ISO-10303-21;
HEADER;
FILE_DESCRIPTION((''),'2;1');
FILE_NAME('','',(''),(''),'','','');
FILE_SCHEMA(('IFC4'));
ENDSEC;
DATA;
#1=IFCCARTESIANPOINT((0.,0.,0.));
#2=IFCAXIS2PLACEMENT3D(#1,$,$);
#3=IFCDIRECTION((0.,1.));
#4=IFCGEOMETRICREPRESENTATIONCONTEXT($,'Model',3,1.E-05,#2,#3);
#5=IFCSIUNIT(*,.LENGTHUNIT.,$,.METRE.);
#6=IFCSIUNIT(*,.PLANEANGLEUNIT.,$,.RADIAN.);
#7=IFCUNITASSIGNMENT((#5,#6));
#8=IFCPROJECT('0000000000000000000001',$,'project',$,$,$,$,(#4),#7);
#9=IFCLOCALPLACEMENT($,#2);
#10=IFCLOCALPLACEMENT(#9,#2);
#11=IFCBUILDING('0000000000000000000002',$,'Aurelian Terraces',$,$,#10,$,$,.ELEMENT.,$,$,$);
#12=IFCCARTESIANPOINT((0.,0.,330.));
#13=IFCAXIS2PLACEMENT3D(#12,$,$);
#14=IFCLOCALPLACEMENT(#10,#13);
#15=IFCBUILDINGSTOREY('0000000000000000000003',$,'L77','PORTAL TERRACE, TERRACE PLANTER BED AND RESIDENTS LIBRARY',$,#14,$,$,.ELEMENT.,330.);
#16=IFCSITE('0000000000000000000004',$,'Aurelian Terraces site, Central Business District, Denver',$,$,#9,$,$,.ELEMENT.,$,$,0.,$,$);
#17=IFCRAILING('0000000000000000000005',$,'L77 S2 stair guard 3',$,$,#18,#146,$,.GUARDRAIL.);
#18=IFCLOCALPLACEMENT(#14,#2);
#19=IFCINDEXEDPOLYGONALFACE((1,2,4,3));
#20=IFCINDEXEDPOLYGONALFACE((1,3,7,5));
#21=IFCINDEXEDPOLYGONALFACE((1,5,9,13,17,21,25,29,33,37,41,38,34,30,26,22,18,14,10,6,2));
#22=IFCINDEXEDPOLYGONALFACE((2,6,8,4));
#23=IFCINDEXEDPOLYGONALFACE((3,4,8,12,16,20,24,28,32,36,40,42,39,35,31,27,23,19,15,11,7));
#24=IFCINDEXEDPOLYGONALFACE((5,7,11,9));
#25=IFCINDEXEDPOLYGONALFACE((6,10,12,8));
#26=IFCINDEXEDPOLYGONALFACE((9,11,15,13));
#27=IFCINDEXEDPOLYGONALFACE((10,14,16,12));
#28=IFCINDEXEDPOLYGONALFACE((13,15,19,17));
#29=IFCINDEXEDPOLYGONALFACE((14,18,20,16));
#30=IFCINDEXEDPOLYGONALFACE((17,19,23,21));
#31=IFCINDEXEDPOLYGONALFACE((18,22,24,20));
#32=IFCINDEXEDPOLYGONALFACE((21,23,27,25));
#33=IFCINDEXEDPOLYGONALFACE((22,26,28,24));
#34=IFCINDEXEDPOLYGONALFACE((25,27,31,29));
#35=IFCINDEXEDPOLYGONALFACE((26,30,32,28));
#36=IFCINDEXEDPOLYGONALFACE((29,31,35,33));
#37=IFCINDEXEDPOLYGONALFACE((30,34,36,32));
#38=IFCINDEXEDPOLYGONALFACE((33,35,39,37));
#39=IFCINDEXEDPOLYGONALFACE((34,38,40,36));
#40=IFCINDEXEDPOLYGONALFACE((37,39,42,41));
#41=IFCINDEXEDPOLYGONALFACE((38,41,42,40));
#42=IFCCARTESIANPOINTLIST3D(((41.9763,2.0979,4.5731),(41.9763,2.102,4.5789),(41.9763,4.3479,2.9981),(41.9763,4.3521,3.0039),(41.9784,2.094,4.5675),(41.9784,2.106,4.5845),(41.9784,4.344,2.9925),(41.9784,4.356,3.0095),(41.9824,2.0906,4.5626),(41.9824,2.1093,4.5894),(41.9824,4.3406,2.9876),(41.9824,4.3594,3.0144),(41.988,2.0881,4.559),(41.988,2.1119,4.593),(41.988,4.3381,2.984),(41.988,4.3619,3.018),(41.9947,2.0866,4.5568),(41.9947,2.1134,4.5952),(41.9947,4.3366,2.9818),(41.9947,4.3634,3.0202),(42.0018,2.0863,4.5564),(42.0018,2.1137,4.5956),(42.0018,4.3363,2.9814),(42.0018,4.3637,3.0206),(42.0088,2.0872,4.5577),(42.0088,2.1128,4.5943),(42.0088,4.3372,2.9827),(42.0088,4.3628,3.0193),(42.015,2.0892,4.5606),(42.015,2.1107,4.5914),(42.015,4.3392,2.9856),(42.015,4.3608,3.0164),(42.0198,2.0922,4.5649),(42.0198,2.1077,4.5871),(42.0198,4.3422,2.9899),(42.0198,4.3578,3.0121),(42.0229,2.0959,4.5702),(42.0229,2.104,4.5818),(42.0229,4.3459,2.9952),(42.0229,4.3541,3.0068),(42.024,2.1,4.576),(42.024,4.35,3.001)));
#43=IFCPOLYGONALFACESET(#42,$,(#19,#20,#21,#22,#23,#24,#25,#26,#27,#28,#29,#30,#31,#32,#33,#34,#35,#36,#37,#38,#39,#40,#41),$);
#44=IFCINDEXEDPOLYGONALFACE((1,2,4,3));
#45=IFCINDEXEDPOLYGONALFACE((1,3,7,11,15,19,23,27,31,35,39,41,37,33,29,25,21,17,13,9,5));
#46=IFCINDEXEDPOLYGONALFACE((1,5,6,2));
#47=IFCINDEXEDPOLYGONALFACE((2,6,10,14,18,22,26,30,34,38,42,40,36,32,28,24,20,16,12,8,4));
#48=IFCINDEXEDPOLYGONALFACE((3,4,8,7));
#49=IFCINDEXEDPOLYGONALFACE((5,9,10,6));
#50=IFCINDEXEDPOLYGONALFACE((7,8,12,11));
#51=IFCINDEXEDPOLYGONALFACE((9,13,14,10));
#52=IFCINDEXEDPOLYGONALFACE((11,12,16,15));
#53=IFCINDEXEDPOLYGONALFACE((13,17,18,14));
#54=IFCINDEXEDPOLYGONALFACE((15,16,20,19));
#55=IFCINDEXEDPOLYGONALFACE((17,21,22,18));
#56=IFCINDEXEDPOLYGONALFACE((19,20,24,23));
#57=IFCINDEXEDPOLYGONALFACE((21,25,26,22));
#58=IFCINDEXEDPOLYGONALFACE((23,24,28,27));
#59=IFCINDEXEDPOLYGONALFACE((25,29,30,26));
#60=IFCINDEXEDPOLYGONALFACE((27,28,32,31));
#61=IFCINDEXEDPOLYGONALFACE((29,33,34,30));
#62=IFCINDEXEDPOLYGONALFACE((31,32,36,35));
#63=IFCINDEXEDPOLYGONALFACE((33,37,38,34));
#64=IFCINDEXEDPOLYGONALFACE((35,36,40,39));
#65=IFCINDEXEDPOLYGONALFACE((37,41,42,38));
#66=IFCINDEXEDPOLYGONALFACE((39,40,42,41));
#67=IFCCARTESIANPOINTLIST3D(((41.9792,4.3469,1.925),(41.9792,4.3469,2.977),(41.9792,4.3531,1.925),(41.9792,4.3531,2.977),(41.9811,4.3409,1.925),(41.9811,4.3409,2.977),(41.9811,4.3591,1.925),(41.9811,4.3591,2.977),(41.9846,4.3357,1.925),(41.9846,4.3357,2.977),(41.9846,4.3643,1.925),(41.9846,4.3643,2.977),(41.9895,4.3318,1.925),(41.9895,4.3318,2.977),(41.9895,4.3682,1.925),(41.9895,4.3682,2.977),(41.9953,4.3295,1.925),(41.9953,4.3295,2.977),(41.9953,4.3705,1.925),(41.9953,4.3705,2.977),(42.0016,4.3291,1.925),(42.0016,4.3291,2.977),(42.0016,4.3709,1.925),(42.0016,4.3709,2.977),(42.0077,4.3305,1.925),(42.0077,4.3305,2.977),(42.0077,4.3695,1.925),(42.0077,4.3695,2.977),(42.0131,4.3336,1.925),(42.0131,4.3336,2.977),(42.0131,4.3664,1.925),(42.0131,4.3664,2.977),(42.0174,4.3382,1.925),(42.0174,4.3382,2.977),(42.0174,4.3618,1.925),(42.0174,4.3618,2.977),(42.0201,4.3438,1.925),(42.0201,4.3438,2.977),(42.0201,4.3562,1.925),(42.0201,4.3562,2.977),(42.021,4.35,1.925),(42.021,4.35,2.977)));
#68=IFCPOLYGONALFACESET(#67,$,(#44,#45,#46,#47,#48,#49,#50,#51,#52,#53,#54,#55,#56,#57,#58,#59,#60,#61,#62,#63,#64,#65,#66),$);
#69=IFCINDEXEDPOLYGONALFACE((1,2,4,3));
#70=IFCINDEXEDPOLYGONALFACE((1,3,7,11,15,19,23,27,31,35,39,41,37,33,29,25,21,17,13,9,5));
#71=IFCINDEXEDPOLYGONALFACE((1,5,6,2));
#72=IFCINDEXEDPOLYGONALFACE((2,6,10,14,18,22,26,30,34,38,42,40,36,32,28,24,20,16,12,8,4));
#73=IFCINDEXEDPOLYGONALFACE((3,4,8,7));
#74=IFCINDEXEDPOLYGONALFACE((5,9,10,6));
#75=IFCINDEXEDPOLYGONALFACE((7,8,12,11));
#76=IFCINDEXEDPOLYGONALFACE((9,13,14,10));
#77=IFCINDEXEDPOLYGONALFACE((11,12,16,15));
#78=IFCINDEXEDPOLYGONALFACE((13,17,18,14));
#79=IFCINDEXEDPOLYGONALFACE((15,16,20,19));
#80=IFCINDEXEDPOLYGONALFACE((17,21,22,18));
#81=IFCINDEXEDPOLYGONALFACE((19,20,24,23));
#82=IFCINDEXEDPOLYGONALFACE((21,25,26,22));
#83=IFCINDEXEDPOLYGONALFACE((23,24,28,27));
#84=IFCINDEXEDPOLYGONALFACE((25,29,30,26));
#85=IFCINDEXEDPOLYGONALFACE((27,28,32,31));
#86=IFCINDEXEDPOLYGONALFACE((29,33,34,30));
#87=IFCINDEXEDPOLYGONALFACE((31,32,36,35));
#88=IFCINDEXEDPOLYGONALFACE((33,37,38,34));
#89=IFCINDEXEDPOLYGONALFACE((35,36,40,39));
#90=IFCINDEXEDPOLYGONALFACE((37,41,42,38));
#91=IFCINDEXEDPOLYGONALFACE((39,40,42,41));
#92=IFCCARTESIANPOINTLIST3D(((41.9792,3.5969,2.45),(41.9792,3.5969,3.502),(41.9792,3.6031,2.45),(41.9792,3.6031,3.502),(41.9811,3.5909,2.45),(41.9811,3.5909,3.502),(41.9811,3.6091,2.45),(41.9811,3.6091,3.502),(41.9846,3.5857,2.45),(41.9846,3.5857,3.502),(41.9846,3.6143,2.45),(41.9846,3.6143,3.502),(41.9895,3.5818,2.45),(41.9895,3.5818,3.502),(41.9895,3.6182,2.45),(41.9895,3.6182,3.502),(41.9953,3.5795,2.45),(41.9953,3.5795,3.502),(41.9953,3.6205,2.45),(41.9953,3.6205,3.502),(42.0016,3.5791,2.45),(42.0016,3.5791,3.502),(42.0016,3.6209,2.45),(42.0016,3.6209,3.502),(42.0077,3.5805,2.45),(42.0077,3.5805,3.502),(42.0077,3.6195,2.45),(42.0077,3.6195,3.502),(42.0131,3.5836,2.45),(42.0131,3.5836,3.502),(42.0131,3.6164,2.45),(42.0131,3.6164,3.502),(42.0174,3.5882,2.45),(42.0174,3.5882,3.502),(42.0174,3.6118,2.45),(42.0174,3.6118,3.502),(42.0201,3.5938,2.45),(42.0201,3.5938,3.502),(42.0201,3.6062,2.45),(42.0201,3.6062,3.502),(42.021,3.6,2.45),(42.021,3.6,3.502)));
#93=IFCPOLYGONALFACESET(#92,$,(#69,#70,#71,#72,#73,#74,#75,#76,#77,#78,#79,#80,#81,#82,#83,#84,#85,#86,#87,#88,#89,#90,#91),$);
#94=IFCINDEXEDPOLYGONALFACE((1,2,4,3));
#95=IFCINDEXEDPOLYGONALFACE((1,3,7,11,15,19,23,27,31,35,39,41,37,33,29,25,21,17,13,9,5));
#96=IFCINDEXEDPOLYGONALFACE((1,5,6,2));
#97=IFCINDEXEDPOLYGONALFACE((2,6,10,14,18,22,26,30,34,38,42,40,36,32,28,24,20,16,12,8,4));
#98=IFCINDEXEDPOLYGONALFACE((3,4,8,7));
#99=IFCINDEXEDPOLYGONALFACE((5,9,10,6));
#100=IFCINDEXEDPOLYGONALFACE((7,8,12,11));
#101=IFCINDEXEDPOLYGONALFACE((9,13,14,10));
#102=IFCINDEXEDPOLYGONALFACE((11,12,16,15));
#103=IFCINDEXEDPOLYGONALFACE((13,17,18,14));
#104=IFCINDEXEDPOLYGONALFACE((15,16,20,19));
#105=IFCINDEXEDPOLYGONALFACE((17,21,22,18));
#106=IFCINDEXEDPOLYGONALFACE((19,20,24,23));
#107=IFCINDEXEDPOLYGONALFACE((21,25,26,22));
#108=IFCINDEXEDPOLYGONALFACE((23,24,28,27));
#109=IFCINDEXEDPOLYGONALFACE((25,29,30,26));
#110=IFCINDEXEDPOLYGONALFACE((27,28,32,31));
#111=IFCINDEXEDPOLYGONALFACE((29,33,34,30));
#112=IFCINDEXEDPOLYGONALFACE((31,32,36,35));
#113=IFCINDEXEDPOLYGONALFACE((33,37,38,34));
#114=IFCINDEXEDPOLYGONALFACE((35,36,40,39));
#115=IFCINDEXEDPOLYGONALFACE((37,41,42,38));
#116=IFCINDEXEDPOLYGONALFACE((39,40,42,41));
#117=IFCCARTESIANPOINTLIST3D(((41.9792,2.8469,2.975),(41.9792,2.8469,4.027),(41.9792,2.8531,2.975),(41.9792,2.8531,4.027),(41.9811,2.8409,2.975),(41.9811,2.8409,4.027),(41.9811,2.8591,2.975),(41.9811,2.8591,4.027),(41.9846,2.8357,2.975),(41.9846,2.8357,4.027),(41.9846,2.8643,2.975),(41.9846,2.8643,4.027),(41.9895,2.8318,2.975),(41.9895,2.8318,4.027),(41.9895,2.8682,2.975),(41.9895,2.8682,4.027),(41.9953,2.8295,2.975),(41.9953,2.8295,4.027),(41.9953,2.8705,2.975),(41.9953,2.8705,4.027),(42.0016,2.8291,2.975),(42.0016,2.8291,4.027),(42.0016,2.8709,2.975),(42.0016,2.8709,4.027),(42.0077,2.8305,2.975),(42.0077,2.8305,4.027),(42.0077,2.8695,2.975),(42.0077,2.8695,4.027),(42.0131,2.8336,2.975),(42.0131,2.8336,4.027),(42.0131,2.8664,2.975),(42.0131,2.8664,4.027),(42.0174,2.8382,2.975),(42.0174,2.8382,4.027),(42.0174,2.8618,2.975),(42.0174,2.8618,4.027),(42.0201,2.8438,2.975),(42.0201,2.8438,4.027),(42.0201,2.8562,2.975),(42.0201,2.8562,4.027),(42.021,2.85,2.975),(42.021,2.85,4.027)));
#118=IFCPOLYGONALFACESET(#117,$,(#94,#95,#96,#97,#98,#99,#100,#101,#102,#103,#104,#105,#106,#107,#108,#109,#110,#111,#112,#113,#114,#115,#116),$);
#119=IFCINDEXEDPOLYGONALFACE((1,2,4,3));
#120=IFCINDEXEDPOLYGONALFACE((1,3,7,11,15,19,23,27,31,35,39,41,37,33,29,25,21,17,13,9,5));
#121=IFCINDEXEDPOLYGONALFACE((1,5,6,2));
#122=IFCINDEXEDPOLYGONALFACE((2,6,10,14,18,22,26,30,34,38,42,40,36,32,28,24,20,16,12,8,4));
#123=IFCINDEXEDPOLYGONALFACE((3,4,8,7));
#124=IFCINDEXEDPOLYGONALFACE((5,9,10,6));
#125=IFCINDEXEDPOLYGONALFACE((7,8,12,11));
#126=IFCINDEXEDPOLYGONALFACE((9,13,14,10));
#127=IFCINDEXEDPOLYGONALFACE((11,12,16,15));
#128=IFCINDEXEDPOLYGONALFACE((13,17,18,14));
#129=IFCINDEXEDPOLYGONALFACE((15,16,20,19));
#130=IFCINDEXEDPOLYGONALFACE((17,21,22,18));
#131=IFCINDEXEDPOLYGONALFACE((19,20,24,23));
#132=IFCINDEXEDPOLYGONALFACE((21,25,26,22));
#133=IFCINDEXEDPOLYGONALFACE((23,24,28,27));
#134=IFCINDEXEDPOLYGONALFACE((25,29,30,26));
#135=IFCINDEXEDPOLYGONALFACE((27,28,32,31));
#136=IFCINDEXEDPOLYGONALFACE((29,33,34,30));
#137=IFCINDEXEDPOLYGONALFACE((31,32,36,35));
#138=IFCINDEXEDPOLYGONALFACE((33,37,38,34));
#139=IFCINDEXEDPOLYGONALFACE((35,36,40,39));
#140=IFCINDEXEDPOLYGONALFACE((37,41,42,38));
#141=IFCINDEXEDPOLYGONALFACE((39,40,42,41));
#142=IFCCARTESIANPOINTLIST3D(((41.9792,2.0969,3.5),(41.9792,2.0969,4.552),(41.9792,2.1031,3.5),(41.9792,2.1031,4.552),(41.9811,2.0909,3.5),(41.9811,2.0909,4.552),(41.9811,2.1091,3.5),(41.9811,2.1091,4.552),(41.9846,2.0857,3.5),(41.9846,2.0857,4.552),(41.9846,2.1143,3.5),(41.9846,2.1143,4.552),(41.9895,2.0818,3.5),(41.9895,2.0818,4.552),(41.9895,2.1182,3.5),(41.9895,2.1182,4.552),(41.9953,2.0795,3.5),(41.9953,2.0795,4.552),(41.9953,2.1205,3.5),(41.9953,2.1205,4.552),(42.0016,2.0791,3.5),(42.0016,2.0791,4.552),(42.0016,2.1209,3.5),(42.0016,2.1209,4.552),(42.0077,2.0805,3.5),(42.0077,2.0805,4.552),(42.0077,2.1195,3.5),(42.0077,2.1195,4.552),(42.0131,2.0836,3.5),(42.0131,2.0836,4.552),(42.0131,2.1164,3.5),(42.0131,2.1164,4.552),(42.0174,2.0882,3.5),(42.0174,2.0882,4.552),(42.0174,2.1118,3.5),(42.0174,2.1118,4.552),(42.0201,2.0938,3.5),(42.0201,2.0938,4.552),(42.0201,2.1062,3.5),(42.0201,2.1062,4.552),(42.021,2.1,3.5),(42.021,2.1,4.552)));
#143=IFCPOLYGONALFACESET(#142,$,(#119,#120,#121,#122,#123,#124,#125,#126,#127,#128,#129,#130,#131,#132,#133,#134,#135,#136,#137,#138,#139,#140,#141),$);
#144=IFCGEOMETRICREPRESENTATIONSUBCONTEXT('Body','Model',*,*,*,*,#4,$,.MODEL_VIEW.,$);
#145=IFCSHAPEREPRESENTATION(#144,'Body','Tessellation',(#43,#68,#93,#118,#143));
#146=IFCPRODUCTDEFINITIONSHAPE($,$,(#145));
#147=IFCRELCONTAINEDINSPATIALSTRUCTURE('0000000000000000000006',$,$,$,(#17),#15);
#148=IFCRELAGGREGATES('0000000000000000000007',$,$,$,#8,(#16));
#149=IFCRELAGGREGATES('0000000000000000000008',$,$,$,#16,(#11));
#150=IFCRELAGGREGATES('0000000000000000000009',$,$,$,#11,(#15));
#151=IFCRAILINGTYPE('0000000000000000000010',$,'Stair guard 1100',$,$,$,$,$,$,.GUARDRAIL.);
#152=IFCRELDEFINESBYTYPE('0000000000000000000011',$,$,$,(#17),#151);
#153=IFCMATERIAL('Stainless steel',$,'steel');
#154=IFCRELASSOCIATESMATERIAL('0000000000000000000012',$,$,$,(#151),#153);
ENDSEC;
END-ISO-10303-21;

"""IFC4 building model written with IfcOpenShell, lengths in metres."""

from ifc_helpers import new_model, si_unit, direction, frame, origin, origin_2d, place, context, subcontext, project, spatial, circle, extrude, source, transform, mapped, material, type_object, element, save


model = new_model("IFC4")

# Units and contexts
model_context = context("Model", 3, precision=1e-05, world=origin(), true_north=direction((0.0, 1.0)))
body_context = subcontext(model_context, "Body", "Model", "MODEL_VIEW")
ifc_project = project(units=[si_unit("LENGTHUNIT", "METRE"), si_unit("PLANEANGLEUNIT", "RADIAN")], contexts=[model_context])

# Site, building, storey
site_placement = place(None, origin())
site = spatial("IfcSite", under=ifc_project, at=site_placement, Name="Aurelian Terraces site, Central Business District, Denver", CompositionType="ELEMENT", RefElevation=0.0)
building_placement = place(site_placement, origin())
building = spatial("IfcBuilding", under=site, at=building_placement, Name="Aurelian Terraces", CompositionType="ELEMENT")
storey_placement = place(building_placement, frame((0.0, 0.0, 330.0)))
storey = spatial("IfcBuildingStorey", under=building, at=storey_placement, Name="L77", Description="PORTAL TERRACE, TERRACE PLANTER BED AND RESIDENTS LIBRARY", CompositionType="ELEMENT", Elevation=330.0)

# Railing
ifc_material_1 = material(Name="Stainless steel", Category="steel")
railing_type_1 = type_object("IfcRailingType", Name="Stair guard 1100", PredefinedType="GUARDRAIL", material=ifc_material_1)
shared_shape_1 = source(origin(), body_context, "Body", "SweptSolid", [
    extrude(circle(Radius=0.024, at=origin_2d()), frame((0.0, 0.0, 1.076), z_axis=(0.0, -0.819232, 0.573462), x_axis=(1.0, 0.0, 0.0)), (0.0, 0.0, 1.0), 2.7465),
    extrude(circle(Radius=0.021, at=origin_2d()), origin(), (0.0, 0.0, 1.0), 1.052),
    extrude(circle(Radius=0.021, at=origin_2d()), frame((0.0, -0.75, 0.525)), (0.0, 0.0, 1.0), 1.052),
    extrude(circle(Radius=0.021, at=origin_2d()), frame((0.0, -1.5, 1.05)), (0.0, 0.0, 1.0), 1.052),
    extrude(circle(Radius=0.021, at=origin_2d()), frame((0.0, -2.25, 1.575)), (0.0, 0.0, 1.0), 1.052),
])
railing_1_placement = place(storey_placement, frame((42.0, 4.35, 1.925)))
element("IfcRailing", 1, at=railing_1_placement, inside=storey, type_object=railing_type_1, Name="L77 S2 stair guard 3", PredefinedType="GUARDRAIL", context=body_context, shape_type="MappedRepresentation", body=[
    mapped(shared_shape_1, transform((0.0, 0.0, 0.0), scale=1.0)),
])

save(model, "model.ifc")
